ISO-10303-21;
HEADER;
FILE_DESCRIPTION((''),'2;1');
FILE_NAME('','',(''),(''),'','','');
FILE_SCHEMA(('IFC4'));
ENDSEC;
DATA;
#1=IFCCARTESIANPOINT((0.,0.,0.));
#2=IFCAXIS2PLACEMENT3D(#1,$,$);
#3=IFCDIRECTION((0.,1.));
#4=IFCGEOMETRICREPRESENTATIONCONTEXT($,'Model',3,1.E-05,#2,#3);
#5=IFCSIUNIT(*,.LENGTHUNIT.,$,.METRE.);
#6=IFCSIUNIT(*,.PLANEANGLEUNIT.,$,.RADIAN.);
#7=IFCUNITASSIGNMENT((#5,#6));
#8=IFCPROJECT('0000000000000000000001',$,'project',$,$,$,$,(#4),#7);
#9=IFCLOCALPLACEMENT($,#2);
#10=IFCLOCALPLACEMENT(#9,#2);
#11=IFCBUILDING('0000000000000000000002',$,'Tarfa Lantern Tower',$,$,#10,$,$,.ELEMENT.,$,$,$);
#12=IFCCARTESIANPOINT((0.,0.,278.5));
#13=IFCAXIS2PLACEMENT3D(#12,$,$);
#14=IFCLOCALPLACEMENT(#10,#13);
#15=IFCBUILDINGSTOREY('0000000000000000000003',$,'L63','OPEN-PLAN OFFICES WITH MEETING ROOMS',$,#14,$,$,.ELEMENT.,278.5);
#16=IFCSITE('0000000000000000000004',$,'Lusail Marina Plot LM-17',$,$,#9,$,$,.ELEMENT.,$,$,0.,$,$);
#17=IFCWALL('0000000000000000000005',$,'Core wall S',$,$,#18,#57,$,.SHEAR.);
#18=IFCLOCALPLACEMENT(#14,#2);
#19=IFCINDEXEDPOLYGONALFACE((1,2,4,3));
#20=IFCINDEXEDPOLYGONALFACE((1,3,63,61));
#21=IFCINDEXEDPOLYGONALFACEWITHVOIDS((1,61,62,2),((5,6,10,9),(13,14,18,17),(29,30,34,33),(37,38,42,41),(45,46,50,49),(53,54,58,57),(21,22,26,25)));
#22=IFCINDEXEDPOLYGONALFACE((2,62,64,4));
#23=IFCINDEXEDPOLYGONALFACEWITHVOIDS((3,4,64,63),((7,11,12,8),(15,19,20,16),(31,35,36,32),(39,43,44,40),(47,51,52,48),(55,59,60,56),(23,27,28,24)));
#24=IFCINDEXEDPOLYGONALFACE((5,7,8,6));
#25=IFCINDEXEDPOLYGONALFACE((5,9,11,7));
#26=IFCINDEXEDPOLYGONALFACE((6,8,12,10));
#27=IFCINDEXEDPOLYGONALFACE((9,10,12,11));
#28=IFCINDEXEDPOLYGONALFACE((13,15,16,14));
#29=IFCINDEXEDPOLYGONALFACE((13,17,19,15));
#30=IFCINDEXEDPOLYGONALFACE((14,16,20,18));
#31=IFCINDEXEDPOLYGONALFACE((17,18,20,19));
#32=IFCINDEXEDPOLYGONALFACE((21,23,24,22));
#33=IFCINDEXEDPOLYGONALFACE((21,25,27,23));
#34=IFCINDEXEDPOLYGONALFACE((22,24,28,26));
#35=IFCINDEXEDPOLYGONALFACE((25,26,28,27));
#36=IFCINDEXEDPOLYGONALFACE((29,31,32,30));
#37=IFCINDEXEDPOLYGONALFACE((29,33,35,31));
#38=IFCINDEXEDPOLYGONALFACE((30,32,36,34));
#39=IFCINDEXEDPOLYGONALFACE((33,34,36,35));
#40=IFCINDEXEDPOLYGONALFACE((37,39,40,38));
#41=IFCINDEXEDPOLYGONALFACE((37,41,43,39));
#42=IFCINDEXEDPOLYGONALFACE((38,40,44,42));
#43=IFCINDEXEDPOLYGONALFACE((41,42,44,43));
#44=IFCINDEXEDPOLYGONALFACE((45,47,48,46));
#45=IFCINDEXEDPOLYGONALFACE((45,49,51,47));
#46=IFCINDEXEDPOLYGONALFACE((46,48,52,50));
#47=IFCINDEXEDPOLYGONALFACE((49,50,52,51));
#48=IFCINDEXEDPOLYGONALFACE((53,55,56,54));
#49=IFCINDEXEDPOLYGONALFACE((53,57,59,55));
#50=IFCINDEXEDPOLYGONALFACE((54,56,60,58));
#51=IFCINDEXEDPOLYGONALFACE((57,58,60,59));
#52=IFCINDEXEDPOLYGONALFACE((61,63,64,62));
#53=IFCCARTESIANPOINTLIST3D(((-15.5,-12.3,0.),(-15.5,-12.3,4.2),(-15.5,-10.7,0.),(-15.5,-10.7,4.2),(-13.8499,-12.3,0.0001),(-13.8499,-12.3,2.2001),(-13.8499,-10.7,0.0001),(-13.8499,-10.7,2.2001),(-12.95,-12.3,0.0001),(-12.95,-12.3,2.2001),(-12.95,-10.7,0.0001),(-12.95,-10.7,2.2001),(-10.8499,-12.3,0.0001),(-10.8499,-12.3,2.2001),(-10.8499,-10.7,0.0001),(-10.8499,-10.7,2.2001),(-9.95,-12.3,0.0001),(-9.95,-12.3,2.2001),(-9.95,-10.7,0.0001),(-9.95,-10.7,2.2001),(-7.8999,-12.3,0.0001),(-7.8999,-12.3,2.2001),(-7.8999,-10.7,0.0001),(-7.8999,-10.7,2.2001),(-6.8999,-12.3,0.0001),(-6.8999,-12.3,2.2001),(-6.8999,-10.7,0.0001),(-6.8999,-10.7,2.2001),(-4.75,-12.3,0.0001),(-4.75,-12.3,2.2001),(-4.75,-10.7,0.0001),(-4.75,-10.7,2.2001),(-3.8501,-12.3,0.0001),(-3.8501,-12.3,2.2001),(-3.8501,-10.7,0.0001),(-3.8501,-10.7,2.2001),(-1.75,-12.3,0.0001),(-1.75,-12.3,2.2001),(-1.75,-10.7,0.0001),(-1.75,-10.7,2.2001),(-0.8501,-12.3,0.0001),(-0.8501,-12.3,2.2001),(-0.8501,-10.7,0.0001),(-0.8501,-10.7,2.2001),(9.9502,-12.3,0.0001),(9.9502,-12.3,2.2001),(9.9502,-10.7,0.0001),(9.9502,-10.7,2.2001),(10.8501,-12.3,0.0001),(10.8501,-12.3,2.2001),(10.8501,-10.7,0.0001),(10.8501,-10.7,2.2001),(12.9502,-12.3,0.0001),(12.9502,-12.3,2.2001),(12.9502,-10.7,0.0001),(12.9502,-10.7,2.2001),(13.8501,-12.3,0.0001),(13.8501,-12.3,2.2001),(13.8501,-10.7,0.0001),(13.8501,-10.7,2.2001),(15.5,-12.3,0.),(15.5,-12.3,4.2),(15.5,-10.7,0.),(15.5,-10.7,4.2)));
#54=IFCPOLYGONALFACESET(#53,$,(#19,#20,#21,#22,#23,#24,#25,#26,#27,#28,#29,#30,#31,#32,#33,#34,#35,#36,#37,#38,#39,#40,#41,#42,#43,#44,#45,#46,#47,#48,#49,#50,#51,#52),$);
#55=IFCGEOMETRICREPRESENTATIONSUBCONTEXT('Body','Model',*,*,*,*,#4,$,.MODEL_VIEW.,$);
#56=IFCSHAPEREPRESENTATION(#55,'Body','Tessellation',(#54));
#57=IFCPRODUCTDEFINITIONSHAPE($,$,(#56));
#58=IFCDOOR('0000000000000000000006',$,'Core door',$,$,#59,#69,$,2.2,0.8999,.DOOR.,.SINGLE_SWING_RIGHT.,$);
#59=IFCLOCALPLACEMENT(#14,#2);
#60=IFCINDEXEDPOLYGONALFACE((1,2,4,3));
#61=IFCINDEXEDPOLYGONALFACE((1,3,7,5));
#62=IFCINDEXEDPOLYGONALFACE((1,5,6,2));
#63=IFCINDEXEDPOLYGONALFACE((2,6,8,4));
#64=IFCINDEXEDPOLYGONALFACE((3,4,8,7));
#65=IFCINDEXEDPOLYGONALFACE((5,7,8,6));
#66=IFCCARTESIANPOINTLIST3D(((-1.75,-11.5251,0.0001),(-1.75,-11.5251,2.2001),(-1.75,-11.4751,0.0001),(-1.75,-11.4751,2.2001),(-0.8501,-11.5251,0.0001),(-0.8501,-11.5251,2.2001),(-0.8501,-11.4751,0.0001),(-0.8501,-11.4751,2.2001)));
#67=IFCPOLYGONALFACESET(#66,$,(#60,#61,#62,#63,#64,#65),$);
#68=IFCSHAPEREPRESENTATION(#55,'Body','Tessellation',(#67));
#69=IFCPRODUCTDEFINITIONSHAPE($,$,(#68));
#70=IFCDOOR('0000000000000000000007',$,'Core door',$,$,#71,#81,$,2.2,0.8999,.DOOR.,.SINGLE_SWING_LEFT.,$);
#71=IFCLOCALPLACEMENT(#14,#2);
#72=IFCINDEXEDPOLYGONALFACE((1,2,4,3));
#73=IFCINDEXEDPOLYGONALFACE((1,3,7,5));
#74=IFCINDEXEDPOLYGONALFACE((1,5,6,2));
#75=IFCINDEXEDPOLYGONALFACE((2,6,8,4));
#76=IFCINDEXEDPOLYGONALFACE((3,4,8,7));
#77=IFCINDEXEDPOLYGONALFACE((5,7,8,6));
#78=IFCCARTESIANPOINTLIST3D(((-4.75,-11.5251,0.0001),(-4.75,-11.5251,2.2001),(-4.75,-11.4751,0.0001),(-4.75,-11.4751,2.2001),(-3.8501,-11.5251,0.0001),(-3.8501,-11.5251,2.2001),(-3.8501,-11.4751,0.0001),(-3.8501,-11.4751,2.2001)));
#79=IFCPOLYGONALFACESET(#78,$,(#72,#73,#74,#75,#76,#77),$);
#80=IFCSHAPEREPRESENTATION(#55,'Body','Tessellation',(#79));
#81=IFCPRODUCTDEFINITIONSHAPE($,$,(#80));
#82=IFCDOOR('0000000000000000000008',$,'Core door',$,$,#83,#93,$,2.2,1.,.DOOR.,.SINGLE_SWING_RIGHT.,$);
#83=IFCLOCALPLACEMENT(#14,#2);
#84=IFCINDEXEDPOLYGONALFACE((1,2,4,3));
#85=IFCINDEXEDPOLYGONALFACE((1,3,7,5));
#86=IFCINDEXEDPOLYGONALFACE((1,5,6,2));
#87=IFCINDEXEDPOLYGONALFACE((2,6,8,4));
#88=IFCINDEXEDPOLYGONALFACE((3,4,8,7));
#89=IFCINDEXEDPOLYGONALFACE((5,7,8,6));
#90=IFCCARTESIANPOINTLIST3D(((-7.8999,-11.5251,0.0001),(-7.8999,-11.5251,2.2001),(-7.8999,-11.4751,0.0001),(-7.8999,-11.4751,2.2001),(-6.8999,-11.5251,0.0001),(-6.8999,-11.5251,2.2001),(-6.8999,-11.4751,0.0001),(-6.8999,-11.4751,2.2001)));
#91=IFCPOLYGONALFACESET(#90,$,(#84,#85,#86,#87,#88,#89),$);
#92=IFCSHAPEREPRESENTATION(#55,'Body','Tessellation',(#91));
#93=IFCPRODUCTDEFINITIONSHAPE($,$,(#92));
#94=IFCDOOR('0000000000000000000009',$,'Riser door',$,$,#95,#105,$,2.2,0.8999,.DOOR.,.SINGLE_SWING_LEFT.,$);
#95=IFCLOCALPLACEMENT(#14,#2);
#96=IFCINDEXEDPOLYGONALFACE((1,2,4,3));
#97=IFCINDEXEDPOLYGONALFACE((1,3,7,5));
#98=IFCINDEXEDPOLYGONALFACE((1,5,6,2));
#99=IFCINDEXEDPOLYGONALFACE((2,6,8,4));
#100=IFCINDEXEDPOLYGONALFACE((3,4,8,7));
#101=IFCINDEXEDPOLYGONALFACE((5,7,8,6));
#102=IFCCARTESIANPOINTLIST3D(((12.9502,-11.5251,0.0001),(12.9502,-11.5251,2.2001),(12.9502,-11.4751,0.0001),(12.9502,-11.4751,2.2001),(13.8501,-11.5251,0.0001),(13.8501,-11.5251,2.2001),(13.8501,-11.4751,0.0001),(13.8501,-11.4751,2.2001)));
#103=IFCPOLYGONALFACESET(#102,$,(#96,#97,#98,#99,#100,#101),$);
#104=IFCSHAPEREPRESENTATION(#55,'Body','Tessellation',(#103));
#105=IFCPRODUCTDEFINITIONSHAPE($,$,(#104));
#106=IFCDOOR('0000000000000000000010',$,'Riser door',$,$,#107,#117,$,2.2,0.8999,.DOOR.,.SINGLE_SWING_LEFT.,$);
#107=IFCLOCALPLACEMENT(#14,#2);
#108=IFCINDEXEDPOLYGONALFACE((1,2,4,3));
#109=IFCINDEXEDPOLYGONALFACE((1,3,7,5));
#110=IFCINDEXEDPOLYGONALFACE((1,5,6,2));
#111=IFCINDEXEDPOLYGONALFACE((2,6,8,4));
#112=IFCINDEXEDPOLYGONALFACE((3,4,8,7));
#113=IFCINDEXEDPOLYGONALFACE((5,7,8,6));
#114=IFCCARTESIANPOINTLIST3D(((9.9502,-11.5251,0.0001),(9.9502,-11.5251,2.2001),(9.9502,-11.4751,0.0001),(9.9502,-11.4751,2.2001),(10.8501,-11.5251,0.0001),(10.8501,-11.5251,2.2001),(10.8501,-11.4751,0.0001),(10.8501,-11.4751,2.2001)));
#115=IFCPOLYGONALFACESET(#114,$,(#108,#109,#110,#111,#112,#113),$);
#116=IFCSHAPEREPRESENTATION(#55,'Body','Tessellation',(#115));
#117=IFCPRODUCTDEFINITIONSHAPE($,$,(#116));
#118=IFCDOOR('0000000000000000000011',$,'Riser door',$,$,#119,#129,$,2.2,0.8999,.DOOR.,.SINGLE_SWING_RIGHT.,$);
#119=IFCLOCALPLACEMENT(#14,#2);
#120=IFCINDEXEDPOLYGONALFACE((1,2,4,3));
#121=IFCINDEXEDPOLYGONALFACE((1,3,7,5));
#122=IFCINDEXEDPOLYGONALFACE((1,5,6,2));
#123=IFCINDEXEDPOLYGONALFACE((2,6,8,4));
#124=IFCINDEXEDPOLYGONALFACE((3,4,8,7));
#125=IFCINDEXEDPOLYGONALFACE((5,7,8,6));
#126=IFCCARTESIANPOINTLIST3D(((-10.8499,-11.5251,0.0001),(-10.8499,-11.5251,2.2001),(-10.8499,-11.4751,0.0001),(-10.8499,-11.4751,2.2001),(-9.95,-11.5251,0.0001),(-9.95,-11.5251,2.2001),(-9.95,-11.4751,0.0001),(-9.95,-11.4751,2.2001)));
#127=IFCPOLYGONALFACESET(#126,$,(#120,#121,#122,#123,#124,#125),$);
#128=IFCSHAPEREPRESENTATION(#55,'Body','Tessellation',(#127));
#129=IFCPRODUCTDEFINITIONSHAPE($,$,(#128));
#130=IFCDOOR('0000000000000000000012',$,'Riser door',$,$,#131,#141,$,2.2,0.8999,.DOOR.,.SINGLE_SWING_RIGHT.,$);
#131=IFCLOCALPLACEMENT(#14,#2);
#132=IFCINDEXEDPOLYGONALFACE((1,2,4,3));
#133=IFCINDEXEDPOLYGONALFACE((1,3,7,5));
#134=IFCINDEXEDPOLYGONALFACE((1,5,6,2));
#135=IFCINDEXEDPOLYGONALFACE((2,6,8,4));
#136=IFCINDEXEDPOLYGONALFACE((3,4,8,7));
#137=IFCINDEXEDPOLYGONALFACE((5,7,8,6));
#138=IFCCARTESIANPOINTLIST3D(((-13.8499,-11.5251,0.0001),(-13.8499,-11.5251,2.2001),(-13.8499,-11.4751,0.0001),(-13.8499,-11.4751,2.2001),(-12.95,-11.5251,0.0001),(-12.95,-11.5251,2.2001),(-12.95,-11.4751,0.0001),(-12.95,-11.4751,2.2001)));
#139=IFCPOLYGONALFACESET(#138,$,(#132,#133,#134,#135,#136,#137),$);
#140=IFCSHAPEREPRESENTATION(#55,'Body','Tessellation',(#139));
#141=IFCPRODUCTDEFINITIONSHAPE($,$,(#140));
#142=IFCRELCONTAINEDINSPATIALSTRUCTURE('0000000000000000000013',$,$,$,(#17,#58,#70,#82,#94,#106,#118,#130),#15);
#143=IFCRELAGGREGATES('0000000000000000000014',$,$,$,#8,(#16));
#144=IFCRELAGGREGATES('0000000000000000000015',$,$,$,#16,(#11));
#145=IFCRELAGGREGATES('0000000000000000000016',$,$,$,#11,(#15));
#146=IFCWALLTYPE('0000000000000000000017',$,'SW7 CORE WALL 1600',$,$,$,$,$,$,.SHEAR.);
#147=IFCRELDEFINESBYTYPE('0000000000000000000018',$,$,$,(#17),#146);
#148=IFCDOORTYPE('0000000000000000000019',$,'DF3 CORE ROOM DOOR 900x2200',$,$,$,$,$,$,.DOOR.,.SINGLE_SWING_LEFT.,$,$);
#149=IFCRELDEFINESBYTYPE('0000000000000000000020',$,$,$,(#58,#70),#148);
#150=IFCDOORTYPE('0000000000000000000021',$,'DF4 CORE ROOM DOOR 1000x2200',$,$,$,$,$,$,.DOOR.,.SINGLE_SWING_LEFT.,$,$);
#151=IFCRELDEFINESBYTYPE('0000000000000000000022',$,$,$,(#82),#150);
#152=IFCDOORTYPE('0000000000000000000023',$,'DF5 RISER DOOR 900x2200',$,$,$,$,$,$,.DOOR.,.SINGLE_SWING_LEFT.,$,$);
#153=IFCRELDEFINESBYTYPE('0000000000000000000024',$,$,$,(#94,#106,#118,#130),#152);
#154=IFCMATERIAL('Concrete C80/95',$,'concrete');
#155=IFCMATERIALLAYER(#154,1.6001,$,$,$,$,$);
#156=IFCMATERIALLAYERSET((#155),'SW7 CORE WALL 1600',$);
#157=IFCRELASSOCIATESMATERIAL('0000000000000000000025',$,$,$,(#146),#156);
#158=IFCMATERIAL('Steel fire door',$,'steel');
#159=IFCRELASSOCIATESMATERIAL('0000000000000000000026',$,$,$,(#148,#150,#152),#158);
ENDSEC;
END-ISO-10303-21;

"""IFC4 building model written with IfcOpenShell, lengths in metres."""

from ifc_helpers import new_model, si_unit, direction, frame, frame_2d, origin, place, context, subcontext, project, spatial, rectangle, extrude, material, layer, layer_set, type_object, element, fill, save


model = new_model("IFC4")

# Units and contexts
model_context = context("Model", 3, precision=1e-05, world=origin(), true_north=direction((0.0, 1.0)))
body_context = subcontext(model_context, "Body", "Model", "MODEL_VIEW")
ifc_project = project(units=[si_unit("LENGTHUNIT", "METRE"), si_unit("PLANEANGLEUNIT", "RADIAN")], contexts=[model_context])

# Site, building, storey
site_placement = place(None, origin())
site = spatial("IfcSite", under=ifc_project, at=site_placement, Name="Lusail Marina Plot LM-17", CompositionType="ELEMENT", RefElevation=0.0)
building_placement = place(site_placement, origin())
building = spatial("IfcBuilding", under=site, at=building_placement, Name="Tarfa Lantern Tower", CompositionType="ELEMENT")
storey_placement = place(building_placement, frame((0.0, 0.0, 278.5)))
storey = spatial("IfcBuildingStorey", under=building, at=storey_placement, Name="L63", Description="OPEN-PLAN OFFICES WITH MEETING ROOMS", CompositionType="ELEMENT", Elevation=278.5)

# Shared definitions
ifc_material_1 = material(Name="Concrete C80/95", Category="concrete")
ifc_material_2 = material(Name="Steel fire door", Category="steel")

# Wall, openings, doors
ifc_layer_1 = layer(ifc_material_1, 1.6001)
ifc_layer_set_1 = layer_set([ifc_layer_1], Name="SW7 CORE WALL 1600")
wall_type_1 = type_object("IfcWallType", Name="SW7 CORE WALL 1600", PredefinedType="SHEAR", material=ifc_layer_set_1)
wall_1_placement = place(storey_placement, frame((15.5, -11.5, 0.0), z_axis=(0.0, 0.0, 1.0), x_axis=(-1.0, 0.0, 0.0)))
wall_1 = element("IfcWall", 1, at=wall_1_placement, inside=storey, type_object=wall_type_1, Name="Core wall S", PredefinedType="SHEAR", context=body_context, shape_type="SweptSolid", body=[
    extrude(rectangle(XDim=31.0, YDim=1.6001, at=frame_2d((15.5, 0.0))), origin(), (0.0, 0.0, 1.0), 4.2),
])
opening_1_placement = place(wall_1_placement, frame((16.3501, 0.0, 0.0)))
opening_1 = element("IfcOpeningElement", 2, at=opening_1_placement, cuts=wall_1, PredefinedType="OPENING", context=body_context, shape_type="SweptSolid", body=[
    extrude(rectangle(XDim=0.8999, YDim=2.2, at=frame_2d((0.45, 1.1001))), frame((0.0, 0.8101, 0.0), z_axis=(0.0, -1.0, 0.0), x_axis=(1.0, 0.0, 0.0)), (0.0, 0.0, 1.0), 1.6201),
])
opening_2_placement = place(wall_1_placement, frame((19.3501, 0.0, 0.0)))
opening_2 = element("IfcOpeningElement", 3, at=opening_2_placement, cuts=wall_1, PredefinedType="OPENING", context=body_context, shape_type="SweptSolid", body=[
    extrude(rectangle(XDim=0.8999, YDim=2.2, at=frame_2d((0.45, 1.1001))), frame((0.0, 0.8101, 0.0), z_axis=(0.0, -1.0, 0.0), x_axis=(1.0, 0.0, 0.0)), (0.0, 0.0, 1.0), 1.6201),
])
opening_3_placement = place(wall_1_placement, frame((22.3999, 0.0, 0.0)))
opening_3 = element("IfcOpeningElement", 4, at=opening_3_placement, cuts=wall_1, PredefinedType="OPENING", context=body_context, shape_type="SweptSolid", body=[
    extrude(rectangle(XDim=1.0, YDim=2.2, at=frame_2d((0.5, 1.1001))), frame((0.0, 0.8101, 0.0), z_axis=(0.0, -1.0, 0.0), x_axis=(1.0, 0.0, 0.0)), (0.0, 0.0, 1.0), 1.6201),
])
opening_4_placement = place(wall_1_placement, frame((1.6499, 0.0, 0.0)))
opening_4 = element("IfcOpeningElement", 5, at=opening_4_placement, cuts=wall_1, PredefinedType="OPENING", context=body_context, shape_type="SweptSolid", body=[
    extrude(rectangle(XDim=0.8999, YDim=2.2, at=frame_2d((0.45, 1.1001))), frame((0.0, 0.8101, 0.0), z_axis=(0.0, -1.0, 0.0), x_axis=(1.0, 0.0, 0.0)), (0.0, 0.0, 1.0), 1.6201),
])
opening_5_placement = place(wall_1_placement, frame((4.6499, 0.0, 0.0)))
opening_5 = element("IfcOpeningElement", 6, at=opening_5_placement, cuts=wall_1, PredefinedType="OPENING", context=body_context, shape_type="SweptSolid", body=[
    extrude(rectangle(XDim=0.8999, YDim=2.2, at=frame_2d((0.45, 1.1001))), frame((0.0, 0.8101, 0.0), z_axis=(0.0, -1.0, 0.0), x_axis=(1.0, 0.0, 0.0)), (0.0, 0.0, 1.0), 1.6201),
])
opening_6_placement = place(wall_1_placement, frame((25.45, 0.0, 0.0)))
opening_6 = element("IfcOpeningElement", 7, at=opening_6_placement, cuts=wall_1, PredefinedType="OPENING", context=body_context, shape_type="SweptSolid", body=[
    extrude(rectangle(XDim=0.8999, YDim=2.2, at=frame_2d((0.45, 1.1001))), frame((0.0, 0.8101, 0.0), z_axis=(0.0, -1.0, 0.0), x_axis=(1.0, 0.0, 0.0)), (0.0, 0.0, 1.0), 1.6201),
])
opening_7_placement = place(wall_1_placement, frame((28.45, 0.0, 0.0)))
opening_7 = element("IfcOpeningElement", 8, at=opening_7_placement, cuts=wall_1, PredefinedType="OPENING", context=body_context, shape_type="SweptSolid", body=[
    extrude(rectangle(XDim=0.8999, YDim=2.2, at=frame_2d((0.45, 1.1001))), frame((0.0, 0.8101, 0.0), z_axis=(0.0, -1.0, 0.0), x_axis=(1.0, 0.0, 0.0)), (0.0, 0.0, 1.0), 1.6201),
])
door_type_1 = type_object("IfcDoorType", Name="DF3 CORE ROOM DOOR 900x2200", OperationType="SINGLE_SWING_LEFT", PredefinedType="DOOR", material=ifc_material_2)
door_1_placement = place(opening_1_placement, frame((0.8999, 0.0, 0.0), z_axis=(0.0, 0.0, 1.0), x_axis=(-1.0, 0.0, 0.0)))
door_1 = element("IfcDoor", 9, at=door_1_placement, inside=storey, type_object=door_type_1, Name="Core door", OperationType="SINGLE_SWING_RIGHT", OverallHeight=2.2, OverallWidth=0.8999, PredefinedType="DOOR", context=body_context, shape_type="SweptSolid", body=[
    extrude(rectangle(XDim=0.8999, YDim=2.2, at=frame_2d((0.45, 1.1001))), frame((0.0, 0.0249, 0.0), z_axis=(0.0, -1.0, 0.0), x_axis=(1.0, 0.0, 0.0)), (0.0, 0.0, 1.0), 0.05),
])
fill(opening_1, door_1)
door_2_placement = place(opening_2_placement, frame((0.8999, 0.0, 0.0), z_axis=(0.0, 0.0, 1.0), x_axis=(-1.0, 0.0, 0.0)))
door_2 = element("IfcDoor", 10, at=door_2_placement, inside=storey, type_object=door_type_1, Name="Core door", OperationType="SINGLE_SWING_LEFT", OverallHeight=2.2, OverallWidth=0.8999, PredefinedType="DOOR", context=body_context, shape_type="SweptSolid", body=[
    extrude(rectangle(XDim=0.8999, YDim=2.2, at=frame_2d((0.45, 1.1001))), frame((0.0, 0.0249, 0.0), z_axis=(0.0, -1.0, 0.0), x_axis=(1.0, 0.0, 0.0)), (0.0, 0.0, 1.0), 0.05),
])
fill(opening_2, door_2)
door_type_2 = type_object("IfcDoorType", Name="DF4 CORE ROOM DOOR 1000x2200", OperationType="SINGLE_SWING_LEFT", PredefinedType="DOOR", material=ifc_material_2)
door_3_placement = place(opening_3_placement, frame((1.0, 0.0, 0.0), z_axis=(0.0, 0.0, 1.0), x_axis=(-1.0, 0.0, 0.0)))
door_3 = element("IfcDoor", 11, at=door_3_placement, inside=storey, type_object=door_type_2, Name="Core door", OperationType="SINGLE_SWING_RIGHT", OverallHeight=2.2, OverallWidth=1.0, PredefinedType="DOOR", context=body_context, shape_type="SweptSolid", body=[
    extrude(rectangle(XDim=1.0, YDim=2.2, at=frame_2d((0.5, 1.1001))), frame((0.0, 0.0249, 0.0), z_axis=(0.0, -1.0, 0.0), x_axis=(1.0, 0.0, 0.0)), (0.0, 0.0, 1.0), 0.05),
])
fill(opening_3, door_3)
door_type_3 = type_object("IfcDoorType", Name="DF5 RISER DOOR 900x2200", OperationType="SINGLE_SWING_LEFT", PredefinedType="DOOR", material=ifc_material_2)
door_4_placement = place(opening_4_placement, frame((0.8999, 0.0, 0.0), z_axis=(0.0, 0.0, 1.0), x_axis=(-1.0, 0.0, 0.0)))
door_4 = element("IfcDoor", 12, at=door_4_placement, inside=storey, type_object=door_type_3, Name="Riser door", OperationType="SINGLE_SWING_LEFT", OverallHeight=2.2, OverallWidth=0.8999, PredefinedType="DOOR", context=body_context, shape_type="SweptSolid", body=[
    extrude(rectangle(XDim=0.8999, YDim=2.2, at=frame_2d((0.45, 1.1001))), frame((0.0, 0.0249, 0.0), z_axis=(0.0, -1.0, 0.0), x_axis=(1.0, 0.0, 0.0)), (0.0, 0.0, 1.0), 0.05),
])
fill(opening_4, door_4)
door_5_placement = place(opening_5_placement, frame((0.8999, 0.0, 0.0), z_axis=(0.0, 0.0, 1.0), x_axis=(-1.0, 0.0, 0.0)))
door_5 = element("IfcDoor", 13, at=door_5_placement, inside=storey, type_object=door_type_3, Name="Riser door", OperationType="SINGLE_SWING_LEFT", OverallHeight=2.2, OverallWidth=0.8999, PredefinedType="DOOR", context=body_context, shape_type="SweptSolid", body=[
    extrude(rectangle(XDim=0.8999, YDim=2.2, at=frame_2d((0.45, 1.1001))), frame((0.0, 0.0249, 0.0), z_axis=(0.0, -1.0, 0.0), x_axis=(1.0, 0.0, 0.0)), (0.0, 0.0, 1.0), 0.05),
])
fill(opening_5, door_5)
door_6_placement = place(opening_6_placement, frame((0.8999, 0.0, 0.0), z_axis=(0.0, 0.0, 1.0), x_axis=(-1.0, 0.0, 0.0)))
door_6 = element("IfcDoor", 14, at=door_6_placement, inside=storey, type_object=door_type_3, Name="Riser door", OperationType="SINGLE_SWING_RIGHT", OverallHeight=2.2, OverallWidth=0.8999, PredefinedType="DOOR", context=body_context, shape_type="SweptSolid", body=[
    extrude(rectangle(XDim=0.8999, YDim=2.2, at=frame_2d((0.45, 1.1001))), frame((0.0, 0.0249, 0.0), z_axis=(0.0, -1.0, 0.0), x_axis=(1.0, 0.0, 0.0)), (0.0, 0.0, 1.0), 0.05),
])
fill(opening_6, door_6)
door_7_placement = place(opening_7_placement, frame((0.8999, 0.0, 0.0), z_axis=(0.0, 0.0, 1.0), x_axis=(-1.0, 0.0, 0.0)))
door_7 = element("IfcDoor", 15, at=door_7_placement, inside=storey, type_object=door_type_3, Name="Riser door", OperationType="SINGLE_SWING_RIGHT", OverallHeight=2.2, OverallWidth=0.8999, PredefinedType="DOOR", context=body_context, shape_type="SweptSolid", body=[
    extrude(rectangle(XDim=0.8999, YDim=2.2, at=frame_2d((0.45, 1.1001))), frame((0.0, 0.0249, 0.0), z_axis=(0.0, -1.0, 0.0), x_axis=(1.0, 0.0, 0.0)), (0.0, 0.0, 1.0), 0.05),
])
fill(opening_7, door_7)

save(model, "model.ifc")
